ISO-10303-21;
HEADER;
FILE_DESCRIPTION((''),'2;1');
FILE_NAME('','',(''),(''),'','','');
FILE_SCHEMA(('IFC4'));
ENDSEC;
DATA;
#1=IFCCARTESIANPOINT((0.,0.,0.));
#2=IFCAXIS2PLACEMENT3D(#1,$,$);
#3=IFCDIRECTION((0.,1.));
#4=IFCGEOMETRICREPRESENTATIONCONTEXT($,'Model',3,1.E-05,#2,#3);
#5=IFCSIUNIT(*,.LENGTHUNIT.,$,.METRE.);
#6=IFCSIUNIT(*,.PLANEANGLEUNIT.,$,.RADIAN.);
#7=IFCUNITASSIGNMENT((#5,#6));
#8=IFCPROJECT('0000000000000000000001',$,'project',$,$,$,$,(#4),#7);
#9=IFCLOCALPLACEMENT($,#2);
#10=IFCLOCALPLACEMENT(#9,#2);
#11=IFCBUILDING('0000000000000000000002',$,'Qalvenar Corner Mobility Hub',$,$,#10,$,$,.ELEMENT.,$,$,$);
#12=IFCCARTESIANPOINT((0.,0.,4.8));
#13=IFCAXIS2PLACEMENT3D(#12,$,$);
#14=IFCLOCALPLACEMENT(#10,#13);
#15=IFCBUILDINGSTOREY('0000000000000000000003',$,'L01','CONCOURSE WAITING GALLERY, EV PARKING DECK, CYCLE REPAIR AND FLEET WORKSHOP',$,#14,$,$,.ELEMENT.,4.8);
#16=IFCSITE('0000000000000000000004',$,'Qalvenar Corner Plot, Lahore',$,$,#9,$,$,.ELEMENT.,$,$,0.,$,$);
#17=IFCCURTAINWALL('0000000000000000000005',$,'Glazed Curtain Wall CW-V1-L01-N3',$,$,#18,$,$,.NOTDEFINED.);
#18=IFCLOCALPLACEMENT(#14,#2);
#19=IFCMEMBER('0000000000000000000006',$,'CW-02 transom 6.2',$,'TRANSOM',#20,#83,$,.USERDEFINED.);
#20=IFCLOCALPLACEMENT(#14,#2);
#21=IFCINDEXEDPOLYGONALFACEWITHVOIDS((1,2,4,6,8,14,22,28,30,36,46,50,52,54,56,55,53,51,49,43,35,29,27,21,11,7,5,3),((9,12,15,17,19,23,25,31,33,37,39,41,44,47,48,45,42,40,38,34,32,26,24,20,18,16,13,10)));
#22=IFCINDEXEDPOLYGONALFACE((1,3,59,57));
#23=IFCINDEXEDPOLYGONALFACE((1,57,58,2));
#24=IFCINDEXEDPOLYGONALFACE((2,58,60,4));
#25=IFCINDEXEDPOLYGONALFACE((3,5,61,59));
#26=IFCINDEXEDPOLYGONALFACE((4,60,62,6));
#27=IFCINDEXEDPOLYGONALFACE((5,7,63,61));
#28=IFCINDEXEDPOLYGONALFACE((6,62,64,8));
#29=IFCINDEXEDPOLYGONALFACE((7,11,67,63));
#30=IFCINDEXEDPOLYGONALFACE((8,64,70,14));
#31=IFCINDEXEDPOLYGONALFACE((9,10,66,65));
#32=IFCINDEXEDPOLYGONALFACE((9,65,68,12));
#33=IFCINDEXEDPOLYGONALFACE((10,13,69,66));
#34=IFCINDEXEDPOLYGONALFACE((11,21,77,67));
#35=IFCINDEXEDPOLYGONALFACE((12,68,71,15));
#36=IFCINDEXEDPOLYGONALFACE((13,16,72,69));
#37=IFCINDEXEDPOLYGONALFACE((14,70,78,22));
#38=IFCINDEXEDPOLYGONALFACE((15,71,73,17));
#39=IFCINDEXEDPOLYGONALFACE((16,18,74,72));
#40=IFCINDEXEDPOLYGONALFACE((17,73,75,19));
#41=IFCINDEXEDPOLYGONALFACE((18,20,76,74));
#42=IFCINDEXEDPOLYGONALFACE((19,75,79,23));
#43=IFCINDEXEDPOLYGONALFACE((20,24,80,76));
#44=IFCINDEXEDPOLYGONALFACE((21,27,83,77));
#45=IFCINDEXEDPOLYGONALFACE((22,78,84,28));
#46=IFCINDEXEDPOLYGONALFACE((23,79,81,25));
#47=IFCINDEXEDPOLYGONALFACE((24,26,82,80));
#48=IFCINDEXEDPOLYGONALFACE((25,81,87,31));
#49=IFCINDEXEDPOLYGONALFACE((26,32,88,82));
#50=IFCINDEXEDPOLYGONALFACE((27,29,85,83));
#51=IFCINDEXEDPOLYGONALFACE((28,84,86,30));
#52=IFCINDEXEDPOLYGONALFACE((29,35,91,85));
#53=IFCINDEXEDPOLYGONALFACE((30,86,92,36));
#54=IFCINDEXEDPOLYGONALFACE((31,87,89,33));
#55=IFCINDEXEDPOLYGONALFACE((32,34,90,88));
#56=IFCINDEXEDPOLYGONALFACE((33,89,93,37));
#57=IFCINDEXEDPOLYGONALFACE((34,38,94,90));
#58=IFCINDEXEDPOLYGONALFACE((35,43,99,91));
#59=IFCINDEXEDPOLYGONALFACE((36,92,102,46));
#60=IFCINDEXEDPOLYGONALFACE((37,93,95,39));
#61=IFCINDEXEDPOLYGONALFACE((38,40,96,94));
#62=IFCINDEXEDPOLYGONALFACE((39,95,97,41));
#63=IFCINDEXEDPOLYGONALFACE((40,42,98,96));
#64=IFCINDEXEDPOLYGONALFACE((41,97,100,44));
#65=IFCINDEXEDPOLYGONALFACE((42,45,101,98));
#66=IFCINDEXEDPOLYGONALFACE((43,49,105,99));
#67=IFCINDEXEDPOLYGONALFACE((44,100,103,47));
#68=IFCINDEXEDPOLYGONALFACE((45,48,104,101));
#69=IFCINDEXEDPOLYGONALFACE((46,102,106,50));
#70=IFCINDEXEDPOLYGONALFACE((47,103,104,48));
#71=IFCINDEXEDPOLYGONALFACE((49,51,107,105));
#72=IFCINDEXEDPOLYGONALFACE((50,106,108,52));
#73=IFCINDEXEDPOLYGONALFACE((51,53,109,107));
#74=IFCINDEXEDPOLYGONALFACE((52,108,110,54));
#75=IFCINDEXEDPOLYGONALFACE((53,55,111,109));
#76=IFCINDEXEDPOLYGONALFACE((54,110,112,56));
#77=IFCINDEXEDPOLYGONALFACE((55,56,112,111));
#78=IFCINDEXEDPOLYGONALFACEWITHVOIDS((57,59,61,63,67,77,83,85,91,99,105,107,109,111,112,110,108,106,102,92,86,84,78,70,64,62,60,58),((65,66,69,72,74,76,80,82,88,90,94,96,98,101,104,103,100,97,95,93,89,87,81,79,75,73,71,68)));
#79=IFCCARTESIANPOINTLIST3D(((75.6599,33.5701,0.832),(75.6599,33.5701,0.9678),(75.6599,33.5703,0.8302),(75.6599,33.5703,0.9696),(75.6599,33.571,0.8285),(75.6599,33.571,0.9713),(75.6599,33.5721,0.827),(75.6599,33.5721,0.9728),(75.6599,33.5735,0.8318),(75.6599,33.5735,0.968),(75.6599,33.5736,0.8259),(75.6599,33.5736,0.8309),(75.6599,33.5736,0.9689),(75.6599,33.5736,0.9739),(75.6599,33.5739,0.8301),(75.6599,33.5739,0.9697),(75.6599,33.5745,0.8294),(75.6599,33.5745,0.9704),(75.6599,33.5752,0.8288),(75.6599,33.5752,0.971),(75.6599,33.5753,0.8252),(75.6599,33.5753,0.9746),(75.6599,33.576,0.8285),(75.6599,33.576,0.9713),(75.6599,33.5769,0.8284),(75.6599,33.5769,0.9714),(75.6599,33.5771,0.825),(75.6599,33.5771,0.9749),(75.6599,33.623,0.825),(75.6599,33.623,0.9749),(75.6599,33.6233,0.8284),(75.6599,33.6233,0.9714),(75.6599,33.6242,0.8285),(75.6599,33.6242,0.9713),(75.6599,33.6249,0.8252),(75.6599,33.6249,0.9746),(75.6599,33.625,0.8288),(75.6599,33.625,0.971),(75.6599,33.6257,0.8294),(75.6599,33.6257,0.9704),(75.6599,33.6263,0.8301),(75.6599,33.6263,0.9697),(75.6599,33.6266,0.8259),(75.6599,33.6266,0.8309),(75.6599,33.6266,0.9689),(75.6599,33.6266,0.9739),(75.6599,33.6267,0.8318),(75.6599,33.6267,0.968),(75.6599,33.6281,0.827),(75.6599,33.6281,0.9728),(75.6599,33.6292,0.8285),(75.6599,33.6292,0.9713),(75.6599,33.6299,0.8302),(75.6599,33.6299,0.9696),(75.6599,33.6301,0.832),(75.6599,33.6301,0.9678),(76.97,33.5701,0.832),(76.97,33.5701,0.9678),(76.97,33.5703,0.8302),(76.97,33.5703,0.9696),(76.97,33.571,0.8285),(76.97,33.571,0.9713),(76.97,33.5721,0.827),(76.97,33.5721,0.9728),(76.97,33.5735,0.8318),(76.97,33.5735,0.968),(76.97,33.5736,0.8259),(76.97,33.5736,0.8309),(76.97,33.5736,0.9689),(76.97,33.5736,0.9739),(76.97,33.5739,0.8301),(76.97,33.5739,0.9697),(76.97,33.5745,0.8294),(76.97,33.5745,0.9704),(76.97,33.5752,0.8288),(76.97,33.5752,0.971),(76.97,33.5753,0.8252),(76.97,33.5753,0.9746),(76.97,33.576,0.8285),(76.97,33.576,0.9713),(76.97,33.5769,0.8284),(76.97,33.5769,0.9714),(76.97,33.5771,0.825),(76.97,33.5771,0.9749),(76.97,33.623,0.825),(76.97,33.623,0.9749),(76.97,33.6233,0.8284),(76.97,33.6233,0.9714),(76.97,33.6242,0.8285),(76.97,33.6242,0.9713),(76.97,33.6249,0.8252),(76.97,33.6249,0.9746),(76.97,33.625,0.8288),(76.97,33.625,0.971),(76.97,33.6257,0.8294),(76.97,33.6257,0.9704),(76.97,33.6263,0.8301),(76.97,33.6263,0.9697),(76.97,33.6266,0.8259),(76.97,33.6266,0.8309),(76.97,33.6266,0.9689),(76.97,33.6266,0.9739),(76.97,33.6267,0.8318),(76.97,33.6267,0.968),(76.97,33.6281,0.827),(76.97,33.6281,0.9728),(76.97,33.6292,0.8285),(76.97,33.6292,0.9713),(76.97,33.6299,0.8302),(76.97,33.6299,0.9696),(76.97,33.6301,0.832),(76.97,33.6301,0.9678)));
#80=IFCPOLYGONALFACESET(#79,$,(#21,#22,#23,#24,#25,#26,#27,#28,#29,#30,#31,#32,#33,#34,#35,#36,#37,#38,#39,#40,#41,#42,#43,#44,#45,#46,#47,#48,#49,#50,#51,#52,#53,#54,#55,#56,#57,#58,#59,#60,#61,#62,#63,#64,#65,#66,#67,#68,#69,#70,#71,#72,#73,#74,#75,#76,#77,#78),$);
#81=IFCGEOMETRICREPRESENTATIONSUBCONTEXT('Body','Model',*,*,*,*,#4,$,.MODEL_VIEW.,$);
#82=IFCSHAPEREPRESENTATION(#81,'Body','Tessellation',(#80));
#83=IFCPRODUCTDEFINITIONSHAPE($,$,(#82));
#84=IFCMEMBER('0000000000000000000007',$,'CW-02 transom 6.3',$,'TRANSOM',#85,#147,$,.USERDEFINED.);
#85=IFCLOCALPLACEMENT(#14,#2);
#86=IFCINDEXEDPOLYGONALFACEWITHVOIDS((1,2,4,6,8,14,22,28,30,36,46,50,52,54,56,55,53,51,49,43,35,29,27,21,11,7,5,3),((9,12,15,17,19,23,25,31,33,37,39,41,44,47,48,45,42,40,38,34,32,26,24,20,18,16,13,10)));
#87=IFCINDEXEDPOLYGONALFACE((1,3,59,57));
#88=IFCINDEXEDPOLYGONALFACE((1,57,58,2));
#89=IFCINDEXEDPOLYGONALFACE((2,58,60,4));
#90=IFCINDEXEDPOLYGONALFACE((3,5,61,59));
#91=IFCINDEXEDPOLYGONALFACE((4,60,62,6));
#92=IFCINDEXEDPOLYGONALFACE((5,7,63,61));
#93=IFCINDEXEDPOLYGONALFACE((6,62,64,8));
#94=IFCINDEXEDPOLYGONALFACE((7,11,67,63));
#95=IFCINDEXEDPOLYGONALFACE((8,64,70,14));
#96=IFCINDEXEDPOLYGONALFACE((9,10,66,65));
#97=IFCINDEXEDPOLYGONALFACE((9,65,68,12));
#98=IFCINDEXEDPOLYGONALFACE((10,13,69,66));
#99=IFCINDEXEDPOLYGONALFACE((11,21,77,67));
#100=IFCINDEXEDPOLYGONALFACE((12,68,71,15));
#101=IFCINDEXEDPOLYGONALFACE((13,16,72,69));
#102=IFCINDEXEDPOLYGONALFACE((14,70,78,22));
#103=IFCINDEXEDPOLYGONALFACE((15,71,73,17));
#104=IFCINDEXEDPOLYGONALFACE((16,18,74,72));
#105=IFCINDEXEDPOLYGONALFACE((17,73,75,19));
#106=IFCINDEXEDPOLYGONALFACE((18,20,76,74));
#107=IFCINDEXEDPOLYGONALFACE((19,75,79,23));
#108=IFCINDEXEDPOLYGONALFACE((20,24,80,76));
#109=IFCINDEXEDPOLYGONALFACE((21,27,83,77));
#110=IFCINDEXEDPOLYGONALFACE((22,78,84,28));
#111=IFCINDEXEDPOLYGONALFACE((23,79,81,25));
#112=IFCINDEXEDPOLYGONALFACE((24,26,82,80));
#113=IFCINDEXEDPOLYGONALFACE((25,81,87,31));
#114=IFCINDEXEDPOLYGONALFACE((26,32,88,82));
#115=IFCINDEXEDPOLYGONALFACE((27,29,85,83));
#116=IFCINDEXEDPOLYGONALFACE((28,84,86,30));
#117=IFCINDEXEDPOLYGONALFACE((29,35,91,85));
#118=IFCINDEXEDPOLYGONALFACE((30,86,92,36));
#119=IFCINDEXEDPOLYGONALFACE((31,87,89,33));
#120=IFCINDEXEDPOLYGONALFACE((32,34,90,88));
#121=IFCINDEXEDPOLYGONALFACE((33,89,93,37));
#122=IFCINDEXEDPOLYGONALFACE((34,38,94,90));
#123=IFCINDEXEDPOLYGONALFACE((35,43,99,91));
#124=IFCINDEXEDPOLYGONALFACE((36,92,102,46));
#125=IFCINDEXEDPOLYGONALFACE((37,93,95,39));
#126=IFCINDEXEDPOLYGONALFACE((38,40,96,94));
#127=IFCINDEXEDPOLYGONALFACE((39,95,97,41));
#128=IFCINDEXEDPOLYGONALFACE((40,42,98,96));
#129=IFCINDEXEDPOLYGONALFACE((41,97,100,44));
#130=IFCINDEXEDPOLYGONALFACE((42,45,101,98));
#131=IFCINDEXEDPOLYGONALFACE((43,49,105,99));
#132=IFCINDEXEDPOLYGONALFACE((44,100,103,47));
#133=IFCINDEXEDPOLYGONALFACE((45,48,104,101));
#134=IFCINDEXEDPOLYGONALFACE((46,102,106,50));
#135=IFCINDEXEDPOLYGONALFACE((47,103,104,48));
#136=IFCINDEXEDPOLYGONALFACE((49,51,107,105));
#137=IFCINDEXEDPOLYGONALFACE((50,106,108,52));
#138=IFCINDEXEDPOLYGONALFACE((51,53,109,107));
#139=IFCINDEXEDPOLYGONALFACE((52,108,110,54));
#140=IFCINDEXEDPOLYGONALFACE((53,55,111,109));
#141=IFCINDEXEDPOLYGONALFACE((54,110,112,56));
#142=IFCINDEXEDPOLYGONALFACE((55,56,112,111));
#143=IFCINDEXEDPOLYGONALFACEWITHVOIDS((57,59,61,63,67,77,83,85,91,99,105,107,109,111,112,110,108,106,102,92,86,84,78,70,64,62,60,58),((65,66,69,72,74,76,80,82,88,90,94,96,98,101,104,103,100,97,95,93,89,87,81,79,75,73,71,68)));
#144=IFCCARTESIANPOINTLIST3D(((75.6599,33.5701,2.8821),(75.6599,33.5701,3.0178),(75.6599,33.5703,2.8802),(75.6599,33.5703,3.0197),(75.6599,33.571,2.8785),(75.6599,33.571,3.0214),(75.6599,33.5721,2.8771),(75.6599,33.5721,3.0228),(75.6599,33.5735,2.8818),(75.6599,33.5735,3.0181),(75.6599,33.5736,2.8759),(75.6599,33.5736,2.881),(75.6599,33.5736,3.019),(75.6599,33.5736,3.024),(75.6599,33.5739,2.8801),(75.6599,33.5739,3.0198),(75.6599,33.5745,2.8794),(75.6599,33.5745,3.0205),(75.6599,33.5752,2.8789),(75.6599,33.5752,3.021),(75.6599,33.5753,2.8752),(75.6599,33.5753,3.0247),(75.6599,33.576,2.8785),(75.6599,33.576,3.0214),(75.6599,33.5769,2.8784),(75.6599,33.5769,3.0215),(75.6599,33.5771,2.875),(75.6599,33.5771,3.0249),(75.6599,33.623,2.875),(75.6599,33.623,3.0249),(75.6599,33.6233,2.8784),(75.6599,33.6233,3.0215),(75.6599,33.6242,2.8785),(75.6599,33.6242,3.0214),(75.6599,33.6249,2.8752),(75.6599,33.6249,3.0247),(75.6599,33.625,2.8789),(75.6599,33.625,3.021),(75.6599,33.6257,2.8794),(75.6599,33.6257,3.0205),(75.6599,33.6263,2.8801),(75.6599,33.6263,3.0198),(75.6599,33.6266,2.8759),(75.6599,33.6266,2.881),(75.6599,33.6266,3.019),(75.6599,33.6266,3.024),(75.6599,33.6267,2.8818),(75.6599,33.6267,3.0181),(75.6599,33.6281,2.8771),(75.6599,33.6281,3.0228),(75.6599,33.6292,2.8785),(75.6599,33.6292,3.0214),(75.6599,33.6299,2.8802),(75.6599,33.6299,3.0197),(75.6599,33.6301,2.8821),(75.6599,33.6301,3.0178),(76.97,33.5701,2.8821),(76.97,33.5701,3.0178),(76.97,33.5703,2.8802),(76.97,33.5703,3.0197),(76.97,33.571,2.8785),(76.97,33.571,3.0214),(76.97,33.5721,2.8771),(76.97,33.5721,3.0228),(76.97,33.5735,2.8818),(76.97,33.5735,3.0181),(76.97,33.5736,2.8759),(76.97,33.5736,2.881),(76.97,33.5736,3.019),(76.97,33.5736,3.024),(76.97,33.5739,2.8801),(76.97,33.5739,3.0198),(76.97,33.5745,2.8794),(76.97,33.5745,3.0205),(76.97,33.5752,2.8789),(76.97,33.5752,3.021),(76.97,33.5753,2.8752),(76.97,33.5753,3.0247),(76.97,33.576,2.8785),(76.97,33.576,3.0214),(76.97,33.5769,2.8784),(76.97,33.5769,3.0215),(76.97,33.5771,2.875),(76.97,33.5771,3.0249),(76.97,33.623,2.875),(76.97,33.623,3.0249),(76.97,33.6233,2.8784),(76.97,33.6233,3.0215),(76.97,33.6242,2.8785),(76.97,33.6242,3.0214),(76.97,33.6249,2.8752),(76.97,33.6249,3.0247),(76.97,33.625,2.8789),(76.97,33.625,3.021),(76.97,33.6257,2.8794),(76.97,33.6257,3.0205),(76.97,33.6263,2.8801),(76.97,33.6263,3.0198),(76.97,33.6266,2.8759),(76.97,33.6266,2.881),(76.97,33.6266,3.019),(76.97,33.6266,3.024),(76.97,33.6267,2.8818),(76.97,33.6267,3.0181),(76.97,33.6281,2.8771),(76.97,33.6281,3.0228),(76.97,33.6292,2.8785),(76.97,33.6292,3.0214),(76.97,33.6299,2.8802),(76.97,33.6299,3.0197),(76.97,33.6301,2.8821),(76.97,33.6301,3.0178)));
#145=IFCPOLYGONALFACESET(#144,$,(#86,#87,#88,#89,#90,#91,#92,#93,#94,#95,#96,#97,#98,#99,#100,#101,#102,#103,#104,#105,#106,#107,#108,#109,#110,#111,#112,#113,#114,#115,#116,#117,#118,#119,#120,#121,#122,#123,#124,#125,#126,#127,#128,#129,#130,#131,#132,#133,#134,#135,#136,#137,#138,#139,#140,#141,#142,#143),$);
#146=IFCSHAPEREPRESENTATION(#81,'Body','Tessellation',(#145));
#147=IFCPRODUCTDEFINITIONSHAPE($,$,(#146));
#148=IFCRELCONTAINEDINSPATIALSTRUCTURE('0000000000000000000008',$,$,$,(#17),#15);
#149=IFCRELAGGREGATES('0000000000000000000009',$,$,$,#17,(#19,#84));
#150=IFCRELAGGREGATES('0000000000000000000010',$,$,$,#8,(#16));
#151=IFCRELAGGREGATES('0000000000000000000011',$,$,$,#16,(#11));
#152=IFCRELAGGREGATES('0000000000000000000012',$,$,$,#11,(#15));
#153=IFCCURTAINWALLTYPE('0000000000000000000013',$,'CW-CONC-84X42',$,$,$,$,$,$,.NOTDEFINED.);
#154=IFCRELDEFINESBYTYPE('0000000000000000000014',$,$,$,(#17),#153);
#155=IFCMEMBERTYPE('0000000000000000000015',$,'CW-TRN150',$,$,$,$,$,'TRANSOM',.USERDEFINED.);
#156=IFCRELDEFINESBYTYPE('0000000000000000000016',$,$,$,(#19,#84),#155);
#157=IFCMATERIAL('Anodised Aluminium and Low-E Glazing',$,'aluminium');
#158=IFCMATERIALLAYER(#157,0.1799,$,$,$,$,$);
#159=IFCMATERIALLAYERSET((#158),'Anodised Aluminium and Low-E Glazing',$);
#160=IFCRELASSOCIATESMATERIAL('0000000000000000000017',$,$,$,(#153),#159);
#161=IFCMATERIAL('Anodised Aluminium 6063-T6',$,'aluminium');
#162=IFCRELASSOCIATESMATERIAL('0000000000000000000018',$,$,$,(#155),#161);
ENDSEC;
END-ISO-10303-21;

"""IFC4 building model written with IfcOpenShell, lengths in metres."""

from ifc_helpers import new_model, si_unit, direction, frame, origin, origin_2d, place, context, subcontext, project, spatial, hollow_rectangle, extrude, material, layer, layer_set, material_profile, profile_set, type_object, element, aggregate, save


model = new_model("IFC4")

# Units and contexts
model_context = context("Model", 3, precision=1e-05, world=origin(), true_north=direction((0.0, 1.0)))
body_context = subcontext(model_context, "Body", "Model", "MODEL_VIEW")
ifc_project = project(units=[si_unit("LENGTHUNIT", "METRE"), si_unit("PLANEANGLEUNIT", "RADIAN")], contexts=[model_context])

# Site, building, storey
site_placement = place(None, origin())
site = spatial("IfcSite", under=ifc_project, at=site_placement, Name="Qalvenar Corner Plot, Lahore", CompositionType="ELEMENT", RefElevation=0.0)
building_placement = place(site_placement, origin())
building = spatial("IfcBuilding", under=site, at=building_placement, Name="Qalvenar Corner Mobility Hub", CompositionType="ELEMENT")
storey_placement = place(building_placement, frame((0.0, 0.0, 4.8)))
storey = spatial("IfcBuildingStorey", under=building, at=storey_placement, Name="L01", Description="CONCOURSE WAITING GALLERY, EV PARKING DECK, CYCLE REPAIR AND FLEET WORKSHOP", CompositionType="ELEMENT", Elevation=4.8)

# Curtain wall, members
ifc_material_1 = material(Name="Anodised Aluminium and Low-E Glazing", Category="aluminium")
ifc_layer_1 = layer(ifc_material_1, 0.1799)
ifc_layer_set_1 = layer_set([ifc_layer_1], Name="Anodised Aluminium and Low-E Glazing")
curtain_wall_type = type_object("IfcCurtainWallType", Name="CW-CONC-84X42", PredefinedType="NOTDEFINED", material=ifc_layer_set_1)
curtain_wall_placement = place(storey_placement, origin())
curtain_wall = element("IfcCurtainWall", 1, at=curtain_wall_placement, inside=storey, type_object=curtain_wall_type, Name="Glazed Curtain Wall CW-V1-L01-N3", PredefinedType="NOTDEFINED")
ifc_material_2 = material(Name="Anodised Aluminium 6063-T6", Category="aluminium")
ifc_material_profile_1 = material_profile(ifc_material_2, hollow_rectangle(XDim=0.0601, YDim=0.1499, WallThickness=0.0034, InnerFilletRadius=0.0034, OuterFilletRadius=0.0071, at=origin_2d()), Name="RHS150x60x3.5")
ifc_profile_set_1 = profile_set([ifc_material_profile_1], Name="Anodised Aluminium 6063-T6")
member_type_1 = type_object("IfcMemberType", Name="CW-TRN150", ElementType="TRANSOM", PredefinedType="USERDEFINED", material=ifc_profile_set_1)
member_1_placement = place(storey_placement, frame((76.97, 33.6001, 0.8999), z_axis=(-1.0, 0.0, 0.0), x_axis=(0.0, -1.0, 0.0)))
member_1 = element("IfcMember", 2, at=member_1_placement, type_object=member_type_1, Name="CW-02 transom 6.2", ObjectType="TRANSOM", PredefinedType="USERDEFINED", context=body_context, shape_type="SweptSolid", body=[
    extrude(hollow_rectangle(XDim=0.0601, YDim=0.1499, WallThickness=0.0034, InnerFilletRadius=0.0034, OuterFilletRadius=0.0071, at=origin_2d()), origin(), (0.0, 0.0, 1.0), 1.3101),
])
member_2_placement = place(storey_placement, frame((76.97, 33.6001, 2.95), z_axis=(-1.0, 0.0, 0.0), x_axis=(0.0, -1.0, 0.0)))
member_2 = element("IfcMember", 3, at=member_2_placement, type_object=member_type_1, Name="CW-02 transom 6.3", ObjectType="TRANSOM", PredefinedType="USERDEFINED", context=body_context, shape_type="SweptSolid", body=[
    extrude(hollow_rectangle(XDim=0.0601, YDim=0.1499, WallThickness=0.0034, InnerFilletRadius=0.0034, OuterFilletRadius=0.0071, at=origin_2d()), origin(), (0.0, 0.0, 1.0), 1.3101),
])
aggregate(curtain_wall, [member_1, member_2])

save(model, "model.ifc")
